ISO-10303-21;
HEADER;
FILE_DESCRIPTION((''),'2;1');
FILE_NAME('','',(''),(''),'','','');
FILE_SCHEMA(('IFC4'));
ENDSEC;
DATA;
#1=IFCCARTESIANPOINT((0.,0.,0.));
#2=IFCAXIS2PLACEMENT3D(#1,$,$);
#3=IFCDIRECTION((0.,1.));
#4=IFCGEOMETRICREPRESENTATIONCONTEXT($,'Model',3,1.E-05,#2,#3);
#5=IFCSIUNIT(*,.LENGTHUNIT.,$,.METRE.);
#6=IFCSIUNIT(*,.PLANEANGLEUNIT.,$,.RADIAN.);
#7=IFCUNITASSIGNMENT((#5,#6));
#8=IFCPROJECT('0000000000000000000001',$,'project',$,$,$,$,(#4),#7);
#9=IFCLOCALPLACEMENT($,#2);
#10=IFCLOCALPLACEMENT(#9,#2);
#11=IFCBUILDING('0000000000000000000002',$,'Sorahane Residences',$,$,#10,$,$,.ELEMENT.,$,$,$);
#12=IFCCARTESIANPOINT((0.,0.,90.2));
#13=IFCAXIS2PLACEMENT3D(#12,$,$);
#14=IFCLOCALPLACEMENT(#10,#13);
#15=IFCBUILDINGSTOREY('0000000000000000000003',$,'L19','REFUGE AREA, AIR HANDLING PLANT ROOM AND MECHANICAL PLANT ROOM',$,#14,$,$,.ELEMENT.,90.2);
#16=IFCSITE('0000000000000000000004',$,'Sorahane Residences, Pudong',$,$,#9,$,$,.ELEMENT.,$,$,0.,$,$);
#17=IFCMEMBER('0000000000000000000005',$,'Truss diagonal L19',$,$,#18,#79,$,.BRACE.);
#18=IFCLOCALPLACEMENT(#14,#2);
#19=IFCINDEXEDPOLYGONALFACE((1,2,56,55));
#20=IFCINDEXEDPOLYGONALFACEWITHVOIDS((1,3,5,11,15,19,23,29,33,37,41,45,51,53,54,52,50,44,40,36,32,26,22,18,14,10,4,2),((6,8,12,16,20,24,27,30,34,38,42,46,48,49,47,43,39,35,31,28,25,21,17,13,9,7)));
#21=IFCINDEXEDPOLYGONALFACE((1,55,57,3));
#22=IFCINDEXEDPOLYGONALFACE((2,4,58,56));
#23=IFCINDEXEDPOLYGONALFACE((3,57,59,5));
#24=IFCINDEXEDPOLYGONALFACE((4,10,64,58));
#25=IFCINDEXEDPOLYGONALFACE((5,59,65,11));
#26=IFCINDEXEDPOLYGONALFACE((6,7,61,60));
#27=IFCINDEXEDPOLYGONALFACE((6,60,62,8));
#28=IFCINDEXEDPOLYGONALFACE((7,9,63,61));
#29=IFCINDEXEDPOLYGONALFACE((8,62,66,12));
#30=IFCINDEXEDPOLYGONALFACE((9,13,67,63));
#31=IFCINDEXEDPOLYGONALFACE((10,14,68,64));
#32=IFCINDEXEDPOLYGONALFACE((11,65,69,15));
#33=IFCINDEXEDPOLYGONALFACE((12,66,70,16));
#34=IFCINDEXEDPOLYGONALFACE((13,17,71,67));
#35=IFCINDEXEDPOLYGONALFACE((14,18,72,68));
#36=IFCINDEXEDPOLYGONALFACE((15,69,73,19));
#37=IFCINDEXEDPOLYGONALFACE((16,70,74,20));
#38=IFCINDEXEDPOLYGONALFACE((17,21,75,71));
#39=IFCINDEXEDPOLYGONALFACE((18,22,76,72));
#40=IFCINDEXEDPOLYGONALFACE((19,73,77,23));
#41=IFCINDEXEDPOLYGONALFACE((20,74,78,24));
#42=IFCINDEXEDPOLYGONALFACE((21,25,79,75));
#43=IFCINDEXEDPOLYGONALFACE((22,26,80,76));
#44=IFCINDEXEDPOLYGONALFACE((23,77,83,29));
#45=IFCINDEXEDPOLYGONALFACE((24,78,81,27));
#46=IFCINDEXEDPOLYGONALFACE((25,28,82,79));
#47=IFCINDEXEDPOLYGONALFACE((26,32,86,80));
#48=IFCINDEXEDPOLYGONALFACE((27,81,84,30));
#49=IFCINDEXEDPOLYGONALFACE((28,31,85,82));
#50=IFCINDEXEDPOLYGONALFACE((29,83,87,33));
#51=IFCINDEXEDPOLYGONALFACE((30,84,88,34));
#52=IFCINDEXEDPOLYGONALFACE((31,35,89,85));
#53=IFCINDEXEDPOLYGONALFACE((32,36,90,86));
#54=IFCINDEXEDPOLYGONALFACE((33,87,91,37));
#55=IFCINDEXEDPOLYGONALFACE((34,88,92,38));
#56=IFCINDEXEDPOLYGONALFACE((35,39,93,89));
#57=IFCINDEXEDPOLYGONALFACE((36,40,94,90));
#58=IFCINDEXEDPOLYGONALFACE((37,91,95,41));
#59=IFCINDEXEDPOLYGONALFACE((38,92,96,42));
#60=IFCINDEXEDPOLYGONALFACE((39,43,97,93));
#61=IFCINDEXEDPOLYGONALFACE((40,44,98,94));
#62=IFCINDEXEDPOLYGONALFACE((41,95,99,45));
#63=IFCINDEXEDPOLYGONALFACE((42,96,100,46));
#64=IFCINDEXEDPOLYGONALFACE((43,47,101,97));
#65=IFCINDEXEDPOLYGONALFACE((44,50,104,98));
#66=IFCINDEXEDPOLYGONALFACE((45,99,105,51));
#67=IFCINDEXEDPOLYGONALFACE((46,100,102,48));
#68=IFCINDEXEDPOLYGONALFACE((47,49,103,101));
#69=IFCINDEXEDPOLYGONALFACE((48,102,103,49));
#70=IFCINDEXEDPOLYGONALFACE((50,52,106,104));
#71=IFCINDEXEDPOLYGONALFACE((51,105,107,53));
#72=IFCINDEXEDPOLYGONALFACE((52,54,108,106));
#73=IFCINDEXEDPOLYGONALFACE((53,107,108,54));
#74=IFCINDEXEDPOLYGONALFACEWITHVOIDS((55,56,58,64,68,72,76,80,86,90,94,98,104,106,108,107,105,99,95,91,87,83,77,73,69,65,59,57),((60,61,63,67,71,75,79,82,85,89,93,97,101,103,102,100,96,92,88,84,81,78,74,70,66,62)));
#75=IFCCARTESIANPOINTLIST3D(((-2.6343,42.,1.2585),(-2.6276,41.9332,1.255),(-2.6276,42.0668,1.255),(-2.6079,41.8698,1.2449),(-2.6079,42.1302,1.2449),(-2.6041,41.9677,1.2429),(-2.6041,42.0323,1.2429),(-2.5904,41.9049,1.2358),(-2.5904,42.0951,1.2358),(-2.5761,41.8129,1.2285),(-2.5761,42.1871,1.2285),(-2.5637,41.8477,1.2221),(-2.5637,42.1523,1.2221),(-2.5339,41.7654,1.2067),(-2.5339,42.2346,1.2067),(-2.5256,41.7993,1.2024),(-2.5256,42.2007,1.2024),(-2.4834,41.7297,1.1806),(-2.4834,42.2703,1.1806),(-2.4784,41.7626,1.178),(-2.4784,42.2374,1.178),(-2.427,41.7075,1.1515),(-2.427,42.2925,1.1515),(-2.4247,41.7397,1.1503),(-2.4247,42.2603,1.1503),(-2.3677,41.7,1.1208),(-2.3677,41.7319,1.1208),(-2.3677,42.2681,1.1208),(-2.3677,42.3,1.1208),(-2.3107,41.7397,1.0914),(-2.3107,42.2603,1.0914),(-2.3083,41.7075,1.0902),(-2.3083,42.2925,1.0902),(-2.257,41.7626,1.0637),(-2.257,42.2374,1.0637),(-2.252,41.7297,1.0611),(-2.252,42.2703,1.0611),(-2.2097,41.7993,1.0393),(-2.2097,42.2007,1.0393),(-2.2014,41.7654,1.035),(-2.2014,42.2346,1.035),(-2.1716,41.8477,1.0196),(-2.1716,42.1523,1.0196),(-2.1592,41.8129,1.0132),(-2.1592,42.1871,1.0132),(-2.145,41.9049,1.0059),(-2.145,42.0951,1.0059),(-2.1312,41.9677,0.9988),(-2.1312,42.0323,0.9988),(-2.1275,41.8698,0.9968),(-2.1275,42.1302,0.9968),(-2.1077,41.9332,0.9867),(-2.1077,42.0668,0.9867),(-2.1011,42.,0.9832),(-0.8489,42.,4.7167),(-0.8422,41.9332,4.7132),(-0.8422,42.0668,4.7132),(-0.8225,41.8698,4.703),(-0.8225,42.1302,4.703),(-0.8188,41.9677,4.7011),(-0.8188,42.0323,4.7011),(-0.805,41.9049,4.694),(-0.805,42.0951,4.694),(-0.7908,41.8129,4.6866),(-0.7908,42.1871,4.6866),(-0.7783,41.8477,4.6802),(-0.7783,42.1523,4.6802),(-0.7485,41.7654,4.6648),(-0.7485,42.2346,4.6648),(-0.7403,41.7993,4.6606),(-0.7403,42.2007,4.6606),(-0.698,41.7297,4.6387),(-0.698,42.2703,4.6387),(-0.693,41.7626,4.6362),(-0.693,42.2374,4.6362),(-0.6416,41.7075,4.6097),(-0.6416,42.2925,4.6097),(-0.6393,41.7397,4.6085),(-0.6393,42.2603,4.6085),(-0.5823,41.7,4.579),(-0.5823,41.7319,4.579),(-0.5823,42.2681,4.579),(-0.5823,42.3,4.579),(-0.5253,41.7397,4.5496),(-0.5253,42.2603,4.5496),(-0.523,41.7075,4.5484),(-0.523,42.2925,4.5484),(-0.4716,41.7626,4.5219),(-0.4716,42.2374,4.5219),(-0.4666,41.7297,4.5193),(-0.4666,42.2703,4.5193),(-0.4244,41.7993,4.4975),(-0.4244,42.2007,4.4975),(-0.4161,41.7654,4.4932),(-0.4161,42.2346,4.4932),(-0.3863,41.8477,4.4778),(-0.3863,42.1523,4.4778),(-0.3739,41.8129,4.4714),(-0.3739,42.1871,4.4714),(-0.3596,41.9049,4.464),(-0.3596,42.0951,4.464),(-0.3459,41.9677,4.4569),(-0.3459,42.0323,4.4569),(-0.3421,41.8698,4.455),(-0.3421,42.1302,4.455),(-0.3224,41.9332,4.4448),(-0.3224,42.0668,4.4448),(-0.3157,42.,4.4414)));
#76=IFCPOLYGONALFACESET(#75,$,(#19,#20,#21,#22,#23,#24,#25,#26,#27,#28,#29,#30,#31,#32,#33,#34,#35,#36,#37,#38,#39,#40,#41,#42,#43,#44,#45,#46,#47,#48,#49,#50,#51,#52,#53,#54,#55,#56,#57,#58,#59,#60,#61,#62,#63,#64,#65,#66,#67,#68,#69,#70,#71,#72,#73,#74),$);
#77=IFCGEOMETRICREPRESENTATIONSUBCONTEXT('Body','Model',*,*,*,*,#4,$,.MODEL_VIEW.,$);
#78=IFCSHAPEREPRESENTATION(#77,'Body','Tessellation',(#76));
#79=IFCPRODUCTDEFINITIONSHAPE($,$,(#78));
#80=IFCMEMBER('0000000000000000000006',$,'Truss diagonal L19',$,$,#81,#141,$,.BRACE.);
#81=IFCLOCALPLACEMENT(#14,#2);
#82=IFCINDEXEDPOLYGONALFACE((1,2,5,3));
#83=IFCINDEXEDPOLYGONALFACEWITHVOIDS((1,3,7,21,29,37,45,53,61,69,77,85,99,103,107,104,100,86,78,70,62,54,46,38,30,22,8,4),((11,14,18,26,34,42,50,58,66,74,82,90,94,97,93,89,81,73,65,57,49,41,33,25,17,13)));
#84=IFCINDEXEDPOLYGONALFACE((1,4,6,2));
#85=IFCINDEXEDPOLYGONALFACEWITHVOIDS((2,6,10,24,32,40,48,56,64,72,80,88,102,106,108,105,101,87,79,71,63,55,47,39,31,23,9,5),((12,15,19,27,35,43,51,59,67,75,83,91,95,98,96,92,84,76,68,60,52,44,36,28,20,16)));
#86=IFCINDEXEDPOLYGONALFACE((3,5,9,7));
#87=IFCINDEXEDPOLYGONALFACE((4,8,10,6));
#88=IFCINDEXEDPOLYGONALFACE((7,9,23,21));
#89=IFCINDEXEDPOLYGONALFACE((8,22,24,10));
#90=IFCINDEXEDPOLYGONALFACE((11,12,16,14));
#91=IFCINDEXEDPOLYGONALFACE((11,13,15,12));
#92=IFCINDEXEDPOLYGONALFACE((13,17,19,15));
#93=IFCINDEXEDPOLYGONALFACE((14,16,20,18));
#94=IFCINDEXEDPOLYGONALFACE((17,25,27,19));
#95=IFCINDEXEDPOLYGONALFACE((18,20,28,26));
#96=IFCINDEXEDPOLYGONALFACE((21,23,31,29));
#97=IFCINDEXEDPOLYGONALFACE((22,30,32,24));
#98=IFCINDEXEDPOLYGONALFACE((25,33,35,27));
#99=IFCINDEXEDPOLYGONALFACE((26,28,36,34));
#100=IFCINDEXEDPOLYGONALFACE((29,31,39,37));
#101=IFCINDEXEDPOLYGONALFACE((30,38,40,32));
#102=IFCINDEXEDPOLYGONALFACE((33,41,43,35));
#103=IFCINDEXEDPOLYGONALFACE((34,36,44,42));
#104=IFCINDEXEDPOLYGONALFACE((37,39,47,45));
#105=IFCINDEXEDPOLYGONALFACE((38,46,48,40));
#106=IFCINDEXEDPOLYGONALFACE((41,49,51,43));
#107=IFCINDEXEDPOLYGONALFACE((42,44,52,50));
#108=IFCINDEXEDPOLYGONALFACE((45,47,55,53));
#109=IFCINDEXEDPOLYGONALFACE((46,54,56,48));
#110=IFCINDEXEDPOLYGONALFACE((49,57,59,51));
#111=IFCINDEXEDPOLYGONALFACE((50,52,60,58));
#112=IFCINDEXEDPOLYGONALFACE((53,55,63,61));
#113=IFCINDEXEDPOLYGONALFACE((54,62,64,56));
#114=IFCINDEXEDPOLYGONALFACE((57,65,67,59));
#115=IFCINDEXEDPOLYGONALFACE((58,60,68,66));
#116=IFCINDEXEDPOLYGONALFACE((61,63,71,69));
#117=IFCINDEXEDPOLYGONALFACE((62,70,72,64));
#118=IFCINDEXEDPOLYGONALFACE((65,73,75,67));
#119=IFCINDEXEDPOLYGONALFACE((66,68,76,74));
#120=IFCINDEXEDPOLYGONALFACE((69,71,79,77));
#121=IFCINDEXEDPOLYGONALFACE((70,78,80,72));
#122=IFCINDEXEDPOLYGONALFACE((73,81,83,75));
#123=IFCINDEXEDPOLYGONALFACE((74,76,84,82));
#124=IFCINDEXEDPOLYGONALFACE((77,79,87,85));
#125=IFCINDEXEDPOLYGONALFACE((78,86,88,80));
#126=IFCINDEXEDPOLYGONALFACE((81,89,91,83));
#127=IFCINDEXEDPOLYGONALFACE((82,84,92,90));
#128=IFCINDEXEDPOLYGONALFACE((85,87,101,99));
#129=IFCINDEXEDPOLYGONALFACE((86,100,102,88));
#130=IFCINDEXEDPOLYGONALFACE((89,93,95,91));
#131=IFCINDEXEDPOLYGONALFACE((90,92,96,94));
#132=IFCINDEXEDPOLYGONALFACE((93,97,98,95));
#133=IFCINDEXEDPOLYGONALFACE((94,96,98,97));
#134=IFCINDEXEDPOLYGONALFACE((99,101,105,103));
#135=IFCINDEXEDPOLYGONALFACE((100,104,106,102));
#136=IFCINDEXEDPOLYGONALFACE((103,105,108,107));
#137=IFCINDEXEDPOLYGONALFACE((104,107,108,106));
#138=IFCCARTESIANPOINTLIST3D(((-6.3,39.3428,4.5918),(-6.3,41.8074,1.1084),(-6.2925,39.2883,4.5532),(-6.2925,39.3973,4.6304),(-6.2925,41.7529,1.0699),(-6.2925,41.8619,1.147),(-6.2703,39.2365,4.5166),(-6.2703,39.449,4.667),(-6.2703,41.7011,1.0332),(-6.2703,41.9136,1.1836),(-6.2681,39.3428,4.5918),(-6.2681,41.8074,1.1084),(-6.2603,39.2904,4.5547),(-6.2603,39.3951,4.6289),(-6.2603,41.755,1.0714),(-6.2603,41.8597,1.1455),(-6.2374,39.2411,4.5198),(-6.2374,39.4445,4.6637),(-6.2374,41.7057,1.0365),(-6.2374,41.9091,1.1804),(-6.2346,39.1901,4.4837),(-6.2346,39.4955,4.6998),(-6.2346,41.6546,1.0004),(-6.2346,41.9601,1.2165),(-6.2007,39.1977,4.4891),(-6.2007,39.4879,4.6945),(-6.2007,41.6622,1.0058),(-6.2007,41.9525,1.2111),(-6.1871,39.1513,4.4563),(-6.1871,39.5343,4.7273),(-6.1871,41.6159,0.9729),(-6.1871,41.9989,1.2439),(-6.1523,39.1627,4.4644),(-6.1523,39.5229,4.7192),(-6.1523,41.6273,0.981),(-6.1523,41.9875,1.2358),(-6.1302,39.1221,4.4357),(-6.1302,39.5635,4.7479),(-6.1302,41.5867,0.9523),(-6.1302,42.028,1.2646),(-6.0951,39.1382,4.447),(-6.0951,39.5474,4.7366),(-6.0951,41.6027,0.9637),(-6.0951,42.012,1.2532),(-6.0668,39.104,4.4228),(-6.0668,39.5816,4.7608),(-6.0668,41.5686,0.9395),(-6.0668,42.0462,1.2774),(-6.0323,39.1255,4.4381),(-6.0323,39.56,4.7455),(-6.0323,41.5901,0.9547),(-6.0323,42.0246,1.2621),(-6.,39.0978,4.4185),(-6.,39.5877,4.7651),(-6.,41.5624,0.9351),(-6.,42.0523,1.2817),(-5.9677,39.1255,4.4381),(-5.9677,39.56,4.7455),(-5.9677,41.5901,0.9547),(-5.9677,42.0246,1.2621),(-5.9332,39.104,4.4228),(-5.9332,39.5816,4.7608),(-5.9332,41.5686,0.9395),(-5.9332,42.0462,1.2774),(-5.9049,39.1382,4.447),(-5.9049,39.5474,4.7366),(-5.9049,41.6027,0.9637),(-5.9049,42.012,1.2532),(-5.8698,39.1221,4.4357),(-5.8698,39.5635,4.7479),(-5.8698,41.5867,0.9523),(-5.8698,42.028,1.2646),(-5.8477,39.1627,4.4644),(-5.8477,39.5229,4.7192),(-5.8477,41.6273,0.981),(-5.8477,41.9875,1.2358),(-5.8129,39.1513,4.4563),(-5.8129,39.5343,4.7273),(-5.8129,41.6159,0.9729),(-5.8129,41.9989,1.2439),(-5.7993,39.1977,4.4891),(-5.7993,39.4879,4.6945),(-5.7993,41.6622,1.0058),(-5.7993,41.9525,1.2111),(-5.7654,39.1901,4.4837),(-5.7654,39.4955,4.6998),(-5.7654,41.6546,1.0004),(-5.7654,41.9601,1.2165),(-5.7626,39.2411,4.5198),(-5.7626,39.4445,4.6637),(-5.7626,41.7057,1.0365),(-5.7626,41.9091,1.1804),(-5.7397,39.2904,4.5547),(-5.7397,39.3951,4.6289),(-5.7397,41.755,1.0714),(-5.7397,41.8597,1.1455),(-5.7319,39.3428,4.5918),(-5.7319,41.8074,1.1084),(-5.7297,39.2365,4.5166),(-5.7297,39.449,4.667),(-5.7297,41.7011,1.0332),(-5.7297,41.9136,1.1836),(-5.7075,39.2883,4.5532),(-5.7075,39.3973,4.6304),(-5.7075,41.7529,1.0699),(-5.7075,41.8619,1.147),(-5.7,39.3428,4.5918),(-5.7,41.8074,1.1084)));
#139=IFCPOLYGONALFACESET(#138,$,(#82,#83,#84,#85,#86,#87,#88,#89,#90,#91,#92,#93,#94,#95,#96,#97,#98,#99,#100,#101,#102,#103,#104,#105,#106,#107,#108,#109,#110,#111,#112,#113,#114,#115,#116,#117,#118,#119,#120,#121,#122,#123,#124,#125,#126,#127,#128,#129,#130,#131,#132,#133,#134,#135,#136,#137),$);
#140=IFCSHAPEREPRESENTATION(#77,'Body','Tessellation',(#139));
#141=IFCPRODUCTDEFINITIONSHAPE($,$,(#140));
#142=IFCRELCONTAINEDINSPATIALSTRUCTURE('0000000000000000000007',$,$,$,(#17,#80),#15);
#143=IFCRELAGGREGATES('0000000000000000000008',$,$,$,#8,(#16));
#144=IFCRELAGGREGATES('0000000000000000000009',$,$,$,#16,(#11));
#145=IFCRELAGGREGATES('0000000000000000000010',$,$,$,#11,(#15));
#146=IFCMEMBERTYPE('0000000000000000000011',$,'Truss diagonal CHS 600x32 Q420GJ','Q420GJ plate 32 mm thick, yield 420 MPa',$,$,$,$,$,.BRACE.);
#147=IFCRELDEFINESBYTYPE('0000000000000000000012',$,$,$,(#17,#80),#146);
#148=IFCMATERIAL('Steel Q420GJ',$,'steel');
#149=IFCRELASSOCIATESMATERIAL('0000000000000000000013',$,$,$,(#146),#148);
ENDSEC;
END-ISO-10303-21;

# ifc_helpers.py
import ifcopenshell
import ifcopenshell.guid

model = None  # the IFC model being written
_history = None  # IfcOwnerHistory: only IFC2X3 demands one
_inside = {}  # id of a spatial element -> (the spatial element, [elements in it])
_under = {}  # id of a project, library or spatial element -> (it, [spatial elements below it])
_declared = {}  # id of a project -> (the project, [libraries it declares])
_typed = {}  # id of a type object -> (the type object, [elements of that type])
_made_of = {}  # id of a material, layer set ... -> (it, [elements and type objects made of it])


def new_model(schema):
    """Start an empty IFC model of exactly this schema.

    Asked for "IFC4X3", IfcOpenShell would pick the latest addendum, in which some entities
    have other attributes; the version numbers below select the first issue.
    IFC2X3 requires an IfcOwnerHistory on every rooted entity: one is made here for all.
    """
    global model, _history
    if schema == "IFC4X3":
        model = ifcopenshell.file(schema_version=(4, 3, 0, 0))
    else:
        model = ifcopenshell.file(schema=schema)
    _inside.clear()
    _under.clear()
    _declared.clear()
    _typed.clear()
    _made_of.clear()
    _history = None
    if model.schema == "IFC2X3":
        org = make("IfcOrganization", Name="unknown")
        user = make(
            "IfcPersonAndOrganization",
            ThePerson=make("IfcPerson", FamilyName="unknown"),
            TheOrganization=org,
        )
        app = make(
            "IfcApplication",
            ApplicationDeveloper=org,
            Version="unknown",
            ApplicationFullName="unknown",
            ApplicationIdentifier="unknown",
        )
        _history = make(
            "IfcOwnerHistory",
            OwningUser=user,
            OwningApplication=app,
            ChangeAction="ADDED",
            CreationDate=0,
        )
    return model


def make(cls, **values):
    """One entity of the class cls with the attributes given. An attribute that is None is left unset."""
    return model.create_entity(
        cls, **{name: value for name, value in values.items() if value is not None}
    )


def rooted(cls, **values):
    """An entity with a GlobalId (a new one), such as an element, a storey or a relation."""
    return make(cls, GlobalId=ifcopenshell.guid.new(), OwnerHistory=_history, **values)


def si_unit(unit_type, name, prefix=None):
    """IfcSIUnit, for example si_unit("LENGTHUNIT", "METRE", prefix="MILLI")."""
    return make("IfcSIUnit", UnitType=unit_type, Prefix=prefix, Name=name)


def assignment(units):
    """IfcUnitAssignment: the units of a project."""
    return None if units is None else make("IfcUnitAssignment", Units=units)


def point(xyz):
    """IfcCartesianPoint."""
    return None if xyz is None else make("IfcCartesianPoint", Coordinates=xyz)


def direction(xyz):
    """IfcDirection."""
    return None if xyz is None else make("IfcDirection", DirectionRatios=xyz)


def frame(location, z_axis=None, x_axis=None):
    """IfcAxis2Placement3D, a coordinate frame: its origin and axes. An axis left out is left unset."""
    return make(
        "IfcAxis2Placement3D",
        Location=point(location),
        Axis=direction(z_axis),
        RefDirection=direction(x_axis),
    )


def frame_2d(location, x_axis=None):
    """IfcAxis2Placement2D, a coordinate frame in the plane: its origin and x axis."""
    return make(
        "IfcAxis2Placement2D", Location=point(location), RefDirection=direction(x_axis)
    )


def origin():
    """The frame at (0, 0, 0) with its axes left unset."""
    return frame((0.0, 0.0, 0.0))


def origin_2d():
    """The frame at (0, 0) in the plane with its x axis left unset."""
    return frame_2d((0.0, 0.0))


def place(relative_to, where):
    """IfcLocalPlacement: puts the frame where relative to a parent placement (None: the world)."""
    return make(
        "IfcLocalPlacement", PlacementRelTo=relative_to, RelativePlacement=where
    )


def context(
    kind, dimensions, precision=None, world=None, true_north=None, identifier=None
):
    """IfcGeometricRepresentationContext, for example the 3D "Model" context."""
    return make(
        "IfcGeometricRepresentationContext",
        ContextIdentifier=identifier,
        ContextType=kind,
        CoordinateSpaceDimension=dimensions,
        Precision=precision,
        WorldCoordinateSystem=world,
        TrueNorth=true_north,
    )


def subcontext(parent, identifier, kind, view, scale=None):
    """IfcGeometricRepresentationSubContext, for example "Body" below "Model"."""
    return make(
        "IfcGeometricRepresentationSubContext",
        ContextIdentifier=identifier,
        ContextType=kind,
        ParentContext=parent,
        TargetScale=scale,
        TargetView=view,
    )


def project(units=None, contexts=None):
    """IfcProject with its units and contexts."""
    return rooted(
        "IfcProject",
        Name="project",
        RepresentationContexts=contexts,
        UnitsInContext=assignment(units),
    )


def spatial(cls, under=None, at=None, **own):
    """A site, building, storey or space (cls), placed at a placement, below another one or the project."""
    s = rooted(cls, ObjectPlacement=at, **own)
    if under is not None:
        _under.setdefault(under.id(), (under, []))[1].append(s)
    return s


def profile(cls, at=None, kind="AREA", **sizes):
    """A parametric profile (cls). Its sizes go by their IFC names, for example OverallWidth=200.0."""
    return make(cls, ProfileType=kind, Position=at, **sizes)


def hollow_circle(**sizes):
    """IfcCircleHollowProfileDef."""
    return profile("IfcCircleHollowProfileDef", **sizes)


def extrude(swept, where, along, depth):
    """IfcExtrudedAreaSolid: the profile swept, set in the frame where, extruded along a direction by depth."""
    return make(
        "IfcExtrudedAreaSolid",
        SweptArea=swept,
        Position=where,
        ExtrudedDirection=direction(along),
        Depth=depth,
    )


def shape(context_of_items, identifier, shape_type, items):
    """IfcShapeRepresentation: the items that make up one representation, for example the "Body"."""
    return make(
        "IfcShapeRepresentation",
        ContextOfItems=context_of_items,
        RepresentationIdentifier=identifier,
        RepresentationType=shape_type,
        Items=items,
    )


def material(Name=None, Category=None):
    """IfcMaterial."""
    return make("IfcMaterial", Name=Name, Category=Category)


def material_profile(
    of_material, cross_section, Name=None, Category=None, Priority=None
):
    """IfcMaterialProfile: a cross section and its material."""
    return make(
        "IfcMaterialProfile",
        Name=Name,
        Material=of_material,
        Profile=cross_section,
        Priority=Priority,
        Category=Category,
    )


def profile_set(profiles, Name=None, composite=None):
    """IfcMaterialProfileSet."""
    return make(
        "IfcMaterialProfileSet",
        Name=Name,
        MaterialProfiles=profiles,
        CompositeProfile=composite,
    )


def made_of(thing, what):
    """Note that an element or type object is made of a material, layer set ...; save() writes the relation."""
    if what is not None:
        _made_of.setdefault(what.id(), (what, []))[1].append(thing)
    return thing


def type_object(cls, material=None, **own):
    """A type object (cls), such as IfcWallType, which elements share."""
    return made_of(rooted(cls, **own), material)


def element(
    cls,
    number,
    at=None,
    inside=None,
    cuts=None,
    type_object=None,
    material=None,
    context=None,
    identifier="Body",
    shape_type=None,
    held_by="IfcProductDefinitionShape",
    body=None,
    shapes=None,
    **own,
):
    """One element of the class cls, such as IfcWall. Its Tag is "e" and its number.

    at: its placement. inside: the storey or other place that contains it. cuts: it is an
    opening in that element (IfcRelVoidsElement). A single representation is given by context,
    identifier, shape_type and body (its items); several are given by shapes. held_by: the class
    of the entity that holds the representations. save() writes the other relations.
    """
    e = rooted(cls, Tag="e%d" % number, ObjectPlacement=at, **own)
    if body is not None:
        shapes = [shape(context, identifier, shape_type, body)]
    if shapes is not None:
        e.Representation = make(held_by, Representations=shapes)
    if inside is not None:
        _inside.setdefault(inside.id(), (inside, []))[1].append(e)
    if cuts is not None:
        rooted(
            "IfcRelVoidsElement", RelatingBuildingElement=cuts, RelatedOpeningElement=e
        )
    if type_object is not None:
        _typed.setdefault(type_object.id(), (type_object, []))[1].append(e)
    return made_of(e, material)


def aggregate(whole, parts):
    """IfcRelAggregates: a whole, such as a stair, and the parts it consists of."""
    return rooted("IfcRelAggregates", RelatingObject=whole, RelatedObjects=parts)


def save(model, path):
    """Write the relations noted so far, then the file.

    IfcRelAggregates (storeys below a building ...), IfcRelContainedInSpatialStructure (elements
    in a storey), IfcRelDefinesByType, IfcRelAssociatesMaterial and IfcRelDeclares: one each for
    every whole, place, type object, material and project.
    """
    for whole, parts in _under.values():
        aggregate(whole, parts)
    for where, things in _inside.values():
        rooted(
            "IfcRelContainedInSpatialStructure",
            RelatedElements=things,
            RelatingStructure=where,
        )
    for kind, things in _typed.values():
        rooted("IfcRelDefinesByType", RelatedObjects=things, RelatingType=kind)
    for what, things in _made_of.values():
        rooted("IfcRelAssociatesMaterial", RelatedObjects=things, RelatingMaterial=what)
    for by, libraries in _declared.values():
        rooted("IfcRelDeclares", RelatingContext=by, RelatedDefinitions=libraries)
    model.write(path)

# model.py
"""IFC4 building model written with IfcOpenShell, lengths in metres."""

from ifc_helpers import new_model, si_unit, direction, frame, origin, origin_2d, place, context, subcontext, project, spatial, hollow_circle, extrude, material, material_profile, profile_set, type_object, element, save


model = new_model("IFC4")

# Units and contexts
model_context = context("Model", 3, precision=1e-05, world=origin(), true_north=direction((0.0, 1.0)))
body_context = subcontext(model_context, "Body", "Model", "MODEL_VIEW")
ifc_project = project(units=[si_unit("LENGTHUNIT", "METRE"), si_unit("PLANEANGLEUNIT", "RADIAN")], contexts=[model_context])

# Site, building, storey
site_placement = place(None, origin())
site = spatial("IfcSite", under=ifc_project, at=site_placement, Name="Sorahane Residences, Pudong", CompositionType="ELEMENT", RefElevation=0.0)
building_placement = place(site_placement, origin())
building = spatial("IfcBuilding", under=site, at=building_placement, Name="Sorahane Residences", CompositionType="ELEMENT")
storey_placement = place(building_placement, frame((0.0, 0.0, 90.2)))
storey = spatial("IfcBuildingStorey", under=building, at=storey_placement, Name="L19", Description="REFUGE AREA, AIR HANDLING PLANT ROOM AND MECHANICAL PLANT ROOM", CompositionType="ELEMENT", Elevation=90.2)

# Members
ifc_material_1 = material(Name="Steel Q420GJ", Category="steel")
ifc_material_profile_1 = material_profile(ifc_material_1, hollow_circle(Radius=0.3, WallThickness=0.032, at=origin_2d()), Name="CHS 600x32")
ifc_profile_set_1 = profile_set([ifc_material_profile_1], Name="Steel Q420GJ")
member_type = type_object("IfcMemberType", Name="Truss diagonal CHS 600x32 Q420GJ", Description="Q420GJ plate 32 mm thick, yield 420 MPa", PredefinedType="BRACE", material=ifc_profile_set_1)
member_1_placement = place(storey_placement, frame((-2.3677, 42.0, 1.1208), z_axis=(0.458744, 0.0, 0.888569), x_axis=(0.0, 1.0, 0.0)))
element("IfcMember", 1, at=member_1_placement, inside=storey, type_object=member_type, Name="Truss diagonal L19", PredefinedType="BRACE", context=body_context, shape_type="SweptSolid", body=[
    extrude(hollow_circle(Radius=0.3, WallThickness=0.032, at=origin_2d()), origin(), (0.0, 0.0, 1.0), 3.8918),
])
member_2_placement = place(storey_placement, frame((-6.0, 39.3428, 4.5918), z_axis=(0.0, 0.577579, -0.816335), x_axis=(-1.0, 0.0, 0.0)))
element("IfcMember", 2, at=member_2_placement, inside=storey, type_object=member_type, Name="Truss diagonal L19", PredefinedType="BRACE", context=body_context, shape_type="SweptSolid", body=[
    extrude(hollow_circle(Radius=0.3, WallThickness=0.032, at=origin_2d()), origin(), (0.0, 0.0, 1.0), 4.2671),
])

save(model, "model.ifc")
